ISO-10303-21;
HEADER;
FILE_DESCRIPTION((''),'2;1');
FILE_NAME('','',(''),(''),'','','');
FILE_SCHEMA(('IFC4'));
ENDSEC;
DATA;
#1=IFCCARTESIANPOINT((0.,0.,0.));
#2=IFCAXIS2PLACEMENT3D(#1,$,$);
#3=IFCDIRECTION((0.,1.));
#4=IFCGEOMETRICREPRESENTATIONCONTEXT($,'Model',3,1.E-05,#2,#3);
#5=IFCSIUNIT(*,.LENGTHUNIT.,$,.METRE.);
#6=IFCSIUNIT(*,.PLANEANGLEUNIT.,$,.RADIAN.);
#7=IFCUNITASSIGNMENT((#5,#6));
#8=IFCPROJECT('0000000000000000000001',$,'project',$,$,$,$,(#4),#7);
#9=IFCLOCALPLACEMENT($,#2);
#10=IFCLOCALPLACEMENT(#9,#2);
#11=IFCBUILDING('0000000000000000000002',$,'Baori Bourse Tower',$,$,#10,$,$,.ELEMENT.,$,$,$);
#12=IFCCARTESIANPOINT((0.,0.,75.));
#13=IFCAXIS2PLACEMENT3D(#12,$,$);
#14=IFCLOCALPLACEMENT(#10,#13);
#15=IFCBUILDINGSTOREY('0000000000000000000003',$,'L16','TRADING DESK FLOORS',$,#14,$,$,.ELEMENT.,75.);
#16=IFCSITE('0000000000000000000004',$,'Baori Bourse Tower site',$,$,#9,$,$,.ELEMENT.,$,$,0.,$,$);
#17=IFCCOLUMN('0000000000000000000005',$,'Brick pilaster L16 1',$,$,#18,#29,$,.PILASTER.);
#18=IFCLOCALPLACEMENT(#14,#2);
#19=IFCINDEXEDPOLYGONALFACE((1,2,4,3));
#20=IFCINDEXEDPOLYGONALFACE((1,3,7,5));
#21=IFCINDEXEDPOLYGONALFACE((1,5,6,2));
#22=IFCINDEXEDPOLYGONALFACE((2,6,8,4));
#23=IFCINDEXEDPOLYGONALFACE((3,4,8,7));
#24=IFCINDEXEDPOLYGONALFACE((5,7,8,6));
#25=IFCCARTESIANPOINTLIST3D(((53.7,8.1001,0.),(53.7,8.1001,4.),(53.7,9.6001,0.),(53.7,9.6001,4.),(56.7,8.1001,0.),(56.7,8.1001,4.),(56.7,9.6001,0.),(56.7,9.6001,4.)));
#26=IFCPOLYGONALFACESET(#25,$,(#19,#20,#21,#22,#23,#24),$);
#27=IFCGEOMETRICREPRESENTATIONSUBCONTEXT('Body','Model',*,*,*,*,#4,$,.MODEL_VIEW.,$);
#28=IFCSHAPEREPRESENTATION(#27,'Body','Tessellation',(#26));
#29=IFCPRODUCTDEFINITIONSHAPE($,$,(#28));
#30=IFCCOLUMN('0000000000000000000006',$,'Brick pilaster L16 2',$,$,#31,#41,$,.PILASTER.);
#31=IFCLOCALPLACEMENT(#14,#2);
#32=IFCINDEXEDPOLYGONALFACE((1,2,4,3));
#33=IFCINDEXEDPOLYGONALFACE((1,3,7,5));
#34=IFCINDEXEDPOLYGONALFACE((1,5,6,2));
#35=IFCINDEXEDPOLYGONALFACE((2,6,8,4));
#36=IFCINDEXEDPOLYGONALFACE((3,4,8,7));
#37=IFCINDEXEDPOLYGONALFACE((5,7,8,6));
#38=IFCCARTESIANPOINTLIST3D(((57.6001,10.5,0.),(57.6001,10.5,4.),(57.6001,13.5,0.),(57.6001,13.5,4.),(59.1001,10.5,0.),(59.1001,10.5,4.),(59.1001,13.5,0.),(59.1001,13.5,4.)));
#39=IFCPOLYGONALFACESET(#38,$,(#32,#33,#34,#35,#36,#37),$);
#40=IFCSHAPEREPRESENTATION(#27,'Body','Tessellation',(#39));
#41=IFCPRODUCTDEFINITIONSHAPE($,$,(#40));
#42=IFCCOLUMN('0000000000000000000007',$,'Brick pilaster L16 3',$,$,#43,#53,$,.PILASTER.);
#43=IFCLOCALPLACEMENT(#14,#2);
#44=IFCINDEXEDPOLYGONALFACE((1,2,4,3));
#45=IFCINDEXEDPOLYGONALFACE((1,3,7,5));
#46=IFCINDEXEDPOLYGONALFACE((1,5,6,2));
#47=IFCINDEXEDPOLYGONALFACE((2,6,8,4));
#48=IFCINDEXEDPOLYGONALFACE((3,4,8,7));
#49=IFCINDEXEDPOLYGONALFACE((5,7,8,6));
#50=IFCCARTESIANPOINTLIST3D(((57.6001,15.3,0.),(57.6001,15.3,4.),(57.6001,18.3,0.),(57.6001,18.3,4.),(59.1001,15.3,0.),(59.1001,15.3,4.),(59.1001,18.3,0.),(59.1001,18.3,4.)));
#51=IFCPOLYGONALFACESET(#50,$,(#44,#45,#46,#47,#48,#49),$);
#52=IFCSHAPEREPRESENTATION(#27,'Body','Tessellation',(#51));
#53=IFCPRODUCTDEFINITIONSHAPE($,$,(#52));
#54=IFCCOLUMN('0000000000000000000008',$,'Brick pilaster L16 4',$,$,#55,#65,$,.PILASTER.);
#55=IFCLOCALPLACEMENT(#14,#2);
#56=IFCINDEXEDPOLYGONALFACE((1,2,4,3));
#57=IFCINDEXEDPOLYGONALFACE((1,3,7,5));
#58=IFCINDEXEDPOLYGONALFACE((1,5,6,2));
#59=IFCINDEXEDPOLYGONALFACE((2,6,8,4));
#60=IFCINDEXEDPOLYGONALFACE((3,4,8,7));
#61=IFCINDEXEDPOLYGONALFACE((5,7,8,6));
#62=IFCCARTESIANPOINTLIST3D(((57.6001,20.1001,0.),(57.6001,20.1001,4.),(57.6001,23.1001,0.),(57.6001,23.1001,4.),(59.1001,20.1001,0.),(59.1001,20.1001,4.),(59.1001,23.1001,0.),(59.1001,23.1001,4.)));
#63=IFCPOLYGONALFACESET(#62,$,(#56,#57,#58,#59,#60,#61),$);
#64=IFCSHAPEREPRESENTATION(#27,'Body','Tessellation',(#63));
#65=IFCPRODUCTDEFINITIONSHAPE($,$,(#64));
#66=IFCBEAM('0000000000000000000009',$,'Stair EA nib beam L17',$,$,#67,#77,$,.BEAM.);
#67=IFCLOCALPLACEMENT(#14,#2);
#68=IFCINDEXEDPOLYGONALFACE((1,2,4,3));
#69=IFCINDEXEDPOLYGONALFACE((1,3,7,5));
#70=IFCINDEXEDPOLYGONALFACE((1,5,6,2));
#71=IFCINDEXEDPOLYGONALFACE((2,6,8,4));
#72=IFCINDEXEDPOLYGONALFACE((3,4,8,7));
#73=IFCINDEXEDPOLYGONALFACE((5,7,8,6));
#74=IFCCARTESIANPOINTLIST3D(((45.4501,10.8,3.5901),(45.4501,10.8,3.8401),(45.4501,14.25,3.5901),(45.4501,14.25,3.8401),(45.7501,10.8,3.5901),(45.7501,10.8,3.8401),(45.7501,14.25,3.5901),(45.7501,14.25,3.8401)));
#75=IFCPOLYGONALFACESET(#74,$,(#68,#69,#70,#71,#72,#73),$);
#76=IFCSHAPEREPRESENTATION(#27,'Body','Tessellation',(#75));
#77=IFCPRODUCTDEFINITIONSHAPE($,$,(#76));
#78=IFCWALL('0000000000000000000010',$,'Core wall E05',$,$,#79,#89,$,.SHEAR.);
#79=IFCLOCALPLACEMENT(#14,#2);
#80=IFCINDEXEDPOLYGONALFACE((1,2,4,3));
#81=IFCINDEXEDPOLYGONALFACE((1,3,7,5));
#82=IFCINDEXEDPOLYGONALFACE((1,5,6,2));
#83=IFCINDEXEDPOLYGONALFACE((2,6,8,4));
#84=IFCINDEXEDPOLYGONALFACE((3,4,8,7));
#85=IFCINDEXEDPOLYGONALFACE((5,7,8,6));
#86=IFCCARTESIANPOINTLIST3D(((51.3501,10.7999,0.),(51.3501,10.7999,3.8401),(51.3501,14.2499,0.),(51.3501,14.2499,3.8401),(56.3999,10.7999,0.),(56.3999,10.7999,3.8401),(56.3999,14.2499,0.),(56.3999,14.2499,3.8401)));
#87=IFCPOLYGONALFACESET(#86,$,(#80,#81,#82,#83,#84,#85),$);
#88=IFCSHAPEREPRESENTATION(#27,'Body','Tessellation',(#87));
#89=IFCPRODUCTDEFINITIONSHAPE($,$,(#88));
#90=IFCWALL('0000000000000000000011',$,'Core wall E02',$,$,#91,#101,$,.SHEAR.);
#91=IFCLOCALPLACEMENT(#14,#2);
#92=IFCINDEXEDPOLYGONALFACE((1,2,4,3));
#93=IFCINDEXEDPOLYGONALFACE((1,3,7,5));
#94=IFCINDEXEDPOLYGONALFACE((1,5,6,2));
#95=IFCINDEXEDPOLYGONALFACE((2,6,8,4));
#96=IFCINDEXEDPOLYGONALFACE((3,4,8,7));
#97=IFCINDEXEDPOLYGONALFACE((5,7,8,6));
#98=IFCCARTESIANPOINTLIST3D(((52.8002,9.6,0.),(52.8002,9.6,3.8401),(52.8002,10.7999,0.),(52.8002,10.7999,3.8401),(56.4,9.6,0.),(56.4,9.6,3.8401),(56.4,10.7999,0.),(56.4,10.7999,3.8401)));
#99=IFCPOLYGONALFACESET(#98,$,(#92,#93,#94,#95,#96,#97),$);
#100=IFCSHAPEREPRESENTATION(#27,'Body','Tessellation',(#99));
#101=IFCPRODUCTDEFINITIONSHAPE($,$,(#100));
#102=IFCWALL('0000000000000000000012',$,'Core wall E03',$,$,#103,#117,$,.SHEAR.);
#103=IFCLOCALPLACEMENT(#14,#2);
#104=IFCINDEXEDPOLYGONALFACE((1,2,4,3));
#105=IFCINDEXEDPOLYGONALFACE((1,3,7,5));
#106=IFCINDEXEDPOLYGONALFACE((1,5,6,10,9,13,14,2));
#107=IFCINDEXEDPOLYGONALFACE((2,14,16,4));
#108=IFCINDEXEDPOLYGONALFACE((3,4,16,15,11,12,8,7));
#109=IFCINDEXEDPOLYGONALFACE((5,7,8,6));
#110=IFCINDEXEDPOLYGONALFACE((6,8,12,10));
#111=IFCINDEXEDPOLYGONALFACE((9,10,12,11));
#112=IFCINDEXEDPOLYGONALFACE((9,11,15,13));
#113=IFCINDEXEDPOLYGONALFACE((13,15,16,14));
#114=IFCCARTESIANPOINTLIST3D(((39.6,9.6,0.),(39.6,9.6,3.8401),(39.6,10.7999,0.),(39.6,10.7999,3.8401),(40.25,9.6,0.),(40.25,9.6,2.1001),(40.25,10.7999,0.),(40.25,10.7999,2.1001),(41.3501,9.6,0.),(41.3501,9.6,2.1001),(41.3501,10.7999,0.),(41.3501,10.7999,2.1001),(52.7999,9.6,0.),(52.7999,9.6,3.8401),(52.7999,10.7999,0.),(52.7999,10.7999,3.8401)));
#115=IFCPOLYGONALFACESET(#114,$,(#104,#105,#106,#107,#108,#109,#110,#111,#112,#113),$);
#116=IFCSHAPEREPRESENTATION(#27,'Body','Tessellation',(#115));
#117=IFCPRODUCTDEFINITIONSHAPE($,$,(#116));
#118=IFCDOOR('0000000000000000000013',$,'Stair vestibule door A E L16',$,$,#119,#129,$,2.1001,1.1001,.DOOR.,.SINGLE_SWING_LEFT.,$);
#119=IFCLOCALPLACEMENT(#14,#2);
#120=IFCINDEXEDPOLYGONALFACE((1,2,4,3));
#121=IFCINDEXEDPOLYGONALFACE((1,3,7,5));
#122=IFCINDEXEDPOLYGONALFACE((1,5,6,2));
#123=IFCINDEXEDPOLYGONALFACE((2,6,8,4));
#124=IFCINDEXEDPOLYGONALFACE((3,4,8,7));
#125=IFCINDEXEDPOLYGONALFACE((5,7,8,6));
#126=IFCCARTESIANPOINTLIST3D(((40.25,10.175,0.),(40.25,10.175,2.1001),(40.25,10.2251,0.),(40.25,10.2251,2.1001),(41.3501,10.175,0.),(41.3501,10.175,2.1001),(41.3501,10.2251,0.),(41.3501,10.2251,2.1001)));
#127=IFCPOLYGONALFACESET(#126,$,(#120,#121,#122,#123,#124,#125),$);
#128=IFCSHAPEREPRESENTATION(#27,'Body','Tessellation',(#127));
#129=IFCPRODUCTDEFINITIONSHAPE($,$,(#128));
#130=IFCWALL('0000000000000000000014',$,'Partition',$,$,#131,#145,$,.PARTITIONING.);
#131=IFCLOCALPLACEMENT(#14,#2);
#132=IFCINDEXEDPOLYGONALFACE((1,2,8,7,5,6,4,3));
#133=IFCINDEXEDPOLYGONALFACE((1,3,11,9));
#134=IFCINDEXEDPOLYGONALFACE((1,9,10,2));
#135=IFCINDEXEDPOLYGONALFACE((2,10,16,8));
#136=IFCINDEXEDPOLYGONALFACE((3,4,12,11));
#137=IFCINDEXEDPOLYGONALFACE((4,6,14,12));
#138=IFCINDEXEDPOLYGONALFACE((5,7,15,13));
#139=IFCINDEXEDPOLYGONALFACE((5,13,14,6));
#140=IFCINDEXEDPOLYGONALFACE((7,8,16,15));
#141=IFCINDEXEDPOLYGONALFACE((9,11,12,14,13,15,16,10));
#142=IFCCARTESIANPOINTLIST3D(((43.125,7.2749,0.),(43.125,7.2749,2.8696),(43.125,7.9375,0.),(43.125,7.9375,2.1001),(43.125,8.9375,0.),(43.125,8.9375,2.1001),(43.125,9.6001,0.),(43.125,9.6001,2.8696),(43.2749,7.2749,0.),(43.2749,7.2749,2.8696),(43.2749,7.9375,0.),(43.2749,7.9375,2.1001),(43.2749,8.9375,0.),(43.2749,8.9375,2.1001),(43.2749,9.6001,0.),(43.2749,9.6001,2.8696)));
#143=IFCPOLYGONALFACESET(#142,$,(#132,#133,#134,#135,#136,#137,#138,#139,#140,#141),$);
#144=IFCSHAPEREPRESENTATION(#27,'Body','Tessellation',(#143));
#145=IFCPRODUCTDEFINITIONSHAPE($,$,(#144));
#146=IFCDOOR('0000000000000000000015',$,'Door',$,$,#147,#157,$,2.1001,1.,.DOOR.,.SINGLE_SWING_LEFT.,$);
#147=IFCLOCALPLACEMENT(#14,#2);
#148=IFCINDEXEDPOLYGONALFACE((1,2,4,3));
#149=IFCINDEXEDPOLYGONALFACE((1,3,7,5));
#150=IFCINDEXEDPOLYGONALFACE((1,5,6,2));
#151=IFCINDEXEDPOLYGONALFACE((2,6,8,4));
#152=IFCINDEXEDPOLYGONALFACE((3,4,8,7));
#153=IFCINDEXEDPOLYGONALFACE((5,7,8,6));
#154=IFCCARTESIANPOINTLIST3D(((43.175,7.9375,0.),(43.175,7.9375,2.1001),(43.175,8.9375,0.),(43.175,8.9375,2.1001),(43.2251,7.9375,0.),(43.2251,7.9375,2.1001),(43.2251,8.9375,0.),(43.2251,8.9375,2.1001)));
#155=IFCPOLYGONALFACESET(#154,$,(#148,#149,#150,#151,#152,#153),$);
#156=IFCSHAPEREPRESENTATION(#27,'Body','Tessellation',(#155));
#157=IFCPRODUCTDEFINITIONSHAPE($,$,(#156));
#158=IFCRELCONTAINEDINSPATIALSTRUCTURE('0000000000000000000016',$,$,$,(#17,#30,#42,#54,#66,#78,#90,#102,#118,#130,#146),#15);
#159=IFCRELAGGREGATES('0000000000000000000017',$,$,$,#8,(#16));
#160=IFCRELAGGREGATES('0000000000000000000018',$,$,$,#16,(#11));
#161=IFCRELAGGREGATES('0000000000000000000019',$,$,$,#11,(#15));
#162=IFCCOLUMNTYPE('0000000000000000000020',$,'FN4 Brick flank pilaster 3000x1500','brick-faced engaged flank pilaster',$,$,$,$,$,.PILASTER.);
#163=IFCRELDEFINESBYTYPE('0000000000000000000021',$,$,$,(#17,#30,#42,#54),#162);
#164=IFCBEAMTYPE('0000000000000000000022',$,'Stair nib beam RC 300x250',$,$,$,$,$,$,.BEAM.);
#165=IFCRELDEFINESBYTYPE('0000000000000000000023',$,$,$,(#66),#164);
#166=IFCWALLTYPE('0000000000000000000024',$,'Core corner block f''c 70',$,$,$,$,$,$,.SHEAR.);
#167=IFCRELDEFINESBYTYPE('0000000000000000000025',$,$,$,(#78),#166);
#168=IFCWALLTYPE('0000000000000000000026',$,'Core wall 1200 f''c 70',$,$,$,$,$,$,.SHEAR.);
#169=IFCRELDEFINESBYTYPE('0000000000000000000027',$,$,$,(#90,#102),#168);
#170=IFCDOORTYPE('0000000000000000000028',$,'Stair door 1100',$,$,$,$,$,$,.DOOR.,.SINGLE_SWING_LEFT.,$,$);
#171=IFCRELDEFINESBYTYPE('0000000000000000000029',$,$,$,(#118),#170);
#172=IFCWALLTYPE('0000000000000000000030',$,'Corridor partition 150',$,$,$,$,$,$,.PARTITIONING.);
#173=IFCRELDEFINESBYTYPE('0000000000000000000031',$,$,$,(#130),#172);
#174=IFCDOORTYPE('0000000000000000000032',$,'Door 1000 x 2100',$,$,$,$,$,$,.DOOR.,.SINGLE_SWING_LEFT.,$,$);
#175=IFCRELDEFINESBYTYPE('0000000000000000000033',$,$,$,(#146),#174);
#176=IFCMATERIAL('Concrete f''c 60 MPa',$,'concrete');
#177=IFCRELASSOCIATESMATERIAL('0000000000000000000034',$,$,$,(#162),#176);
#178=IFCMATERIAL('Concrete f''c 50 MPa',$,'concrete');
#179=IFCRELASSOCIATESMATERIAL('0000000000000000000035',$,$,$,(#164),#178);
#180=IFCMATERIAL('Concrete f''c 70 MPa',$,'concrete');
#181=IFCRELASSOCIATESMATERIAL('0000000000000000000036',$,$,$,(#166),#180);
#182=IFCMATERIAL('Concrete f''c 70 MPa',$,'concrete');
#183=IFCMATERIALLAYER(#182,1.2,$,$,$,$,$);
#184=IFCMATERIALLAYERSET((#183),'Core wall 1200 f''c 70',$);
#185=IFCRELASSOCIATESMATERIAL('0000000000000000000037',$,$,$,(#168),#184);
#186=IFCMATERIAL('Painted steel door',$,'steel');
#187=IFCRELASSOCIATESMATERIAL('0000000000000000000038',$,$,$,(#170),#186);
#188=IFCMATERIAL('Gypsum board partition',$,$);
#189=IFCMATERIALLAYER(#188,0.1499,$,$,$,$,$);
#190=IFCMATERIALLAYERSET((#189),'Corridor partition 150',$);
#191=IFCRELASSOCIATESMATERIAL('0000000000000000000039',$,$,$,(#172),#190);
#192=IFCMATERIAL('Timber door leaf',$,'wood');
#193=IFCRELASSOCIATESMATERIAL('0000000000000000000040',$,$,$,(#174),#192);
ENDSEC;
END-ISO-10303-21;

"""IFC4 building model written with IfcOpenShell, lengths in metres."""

from ifc_helpers import new_model, si_unit, direction, frame, frame_2d, origin, origin_2d, place, context, subcontext, project, spatial, rectangle, extrude, material, layer, layer_set, material_profile, profile_set, type_object, element, fill, save


model = new_model("IFC4")

# Units and contexts
model_context = context("Model", 3, precision=1e-05, world=origin(), true_north=direction((0.0, 1.0)))
body_context = subcontext(model_context, "Body", "Model", "MODEL_VIEW")
ifc_project = project(units=[si_unit("LENGTHUNIT", "METRE"), si_unit("PLANEANGLEUNIT", "RADIAN")], contexts=[model_context])

# Site, building, storey
site_placement = place(None, origin())
site = spatial("IfcSite", under=ifc_project, at=site_placement, Name="Baori Bourse Tower site", CompositionType="ELEMENT", RefElevation=0.0)
building_placement = place(site_placement, origin())
building = spatial("IfcBuilding", under=site, at=building_placement, Name="Baori Bourse Tower", CompositionType="ELEMENT")
storey_placement = place(building_placement, frame((0.0, 0.0, 75.0)))
storey = spatial("IfcBuildingStorey", under=building, at=storey_placement, Name="L16", Description="TRADING DESK FLOORS", CompositionType="ELEMENT", Elevation=75.0)

# Columns
ifc_material_1 = material(Name="Concrete f'c 60 MPa", Category="concrete")
ifc_material_profile_1 = material_profile(ifc_material_1, rectangle(XDim=3.0, YDim=1.5, at=origin_2d()), Name="RC 3000x1500")
ifc_profile_set_1 = profile_set([ifc_material_profile_1], Name="Concrete f'c 60 MPa")
column_type = type_object("IfcColumnType", Name="FN4 Brick flank pilaster 3000x1500", Description="brick-faced engaged flank pilaster", PredefinedType="PILASTER", material=ifc_profile_set_1)
for number, where, z_axis, x_axis, name in (
    (1, (55.2, 8.8501, 0.0), (0.0, 0.0, 1.0), (1.0, 0.0, 0.0), "Brick pilaster L16 1"),
    (2, (58.3501, 12.0, 0.0), (0.0, 0.0, 1.0), (0.0, 1.0, 0.0), "Brick pilaster L16 2"),
    (3, (58.3501, 16.8, 0.0), (0.0, 0.0, 1.0), (0.0, 1.0, 0.0), "Brick pilaster L16 3"),
    (4, (58.3501, 21.6001, 0.0), (0.0, 0.0, 1.0), (0.0, 1.0, 0.0), "Brick pilaster L16 4"),
):
    element("IfcColumn", number, at=place(storey_placement, frame(where, z_axis=z_axis, x_axis=x_axis)), inside=storey, type_object=column_type, Name=name, PredefinedType="PILASTER", context=body_context, shape_type="SweptSolid", body=[
        extrude(rectangle(XDim=3.0, YDim=1.5, at=origin_2d()), origin(), (0.0, 0.0, 1.0), 4.0),
    ])

# Beam
ifc_material_2 = material(Name="Concrete f'c 50 MPa", Category="concrete")
ifc_material_profile_2 = material_profile(ifc_material_2, rectangle(XDim=0.3, YDim=0.25, at=origin_2d()), Name="RC 300x250")
ifc_profile_set_2 = profile_set([ifc_material_profile_2], Name="Concrete f'c 50 MPa")
beam_type = type_object("IfcBeamType", Name="Stair nib beam RC 300x250", PredefinedType="BEAM", material=ifc_profile_set_2)
beam_placement = place(storey_placement, frame((45.6001, 10.8, 3.7151), z_axis=(0.0, 1.0, 0.0), x_axis=(-1.0, 0.0, 0.0)))
element("IfcBeam", 5, at=beam_placement, inside=storey, type_object=beam_type, Name="Stair EA nib beam L17", PredefinedType="BEAM", context=body_context, shape_type="SweptSolid", body=[
    extrude(rectangle(XDim=0.3, YDim=0.25, at=origin_2d()), origin(), (0.0, 0.0, 1.0), 3.45),
])

# Walls
ifc_material_3 = material(Name="Concrete f'c 70 MPa", Category="concrete")
wall_type_1 = type_object("IfcWallType", Name="Core corner block f'c 70", PredefinedType="SHEAR", material=ifc_material_3)
wall_1_placement = place(storey_placement, frame((51.3501, 12.5249, 0.0), z_axis=(0.0, 0.0, 1.0), x_axis=(1.0, 0.0, 0.0)))
element("IfcWall", 6, at=wall_1_placement, inside=storey, type_object=wall_type_1, Name="Core wall E05", PredefinedType="SHEAR", context=body_context, shape_type="SweptSolid", body=[
    extrude(rectangle(XDim=5.0498, YDim=3.45, at=frame_2d((2.5249, 0.0))), origin(), (0.0, 0.0, 1.0), 3.8401),
])
ifc_material_4 = material(Name="Concrete f'c 70 MPa", Category="concrete")
ifc_layer_1 = layer(ifc_material_4, 1.2)
ifc_layer_set_1 = layer_set([ifc_layer_1], Name="Core wall 1200 f'c 70")
wall_type_2 = type_object("IfcWallType", Name="Core wall 1200 f'c 70", PredefinedType="SHEAR", material=ifc_layer_set_1)
wall_2_placement = place(storey_placement, frame((56.3999, 10.2, 0.0), z_axis=(0.0, 0.0, 1.0), x_axis=(-1.0, 0.0, 0.0)))
element("IfcWall", 7, at=wall_2_placement, inside=storey, type_object=wall_type_2, Name="Core wall E02", PredefinedType="SHEAR", context=body_context, shape_type="SweptSolid", body=[
    extrude(rectangle(XDim=3.5999, YDim=1.2, at=frame_2d((1.7998, 0.0))), origin(), (0.0, 0.0, 1.0), 3.8401),
])

# Walls, openings, doors
wall_3_placement = place(storey_placement, frame((52.8, 10.2, 0.0), z_axis=(0.0, 0.0, 1.0), x_axis=(-1.0, 0.0, 0.0)))
wall_3 = element("IfcWall", 8, at=wall_3_placement, inside=storey, type_object=wall_type_2, Name="Core wall E03", PredefinedType="SHEAR", context=body_context, shape_type="SweptSolid", body=[
    extrude(rectangle(XDim=13.2, YDim=1.2, at=frame_2d((6.6001, 0.0))), origin(), (0.0, 0.0, 1.0), 3.8401),
])
opening_1_placement = place(wall_3_placement, frame((11.45, 0.0, 0.0)))
opening_1 = element("IfcOpeningElement", 9, at=opening_1_placement, cuts=wall_3, PredefinedType="OPENING", context=body_context, shape_type="SweptSolid", body=[
    extrude(rectangle(XDim=1.1001, YDim=2.1001, at=frame_2d((0.55, 1.05))), frame((0.0, 0.6099, 0.0), z_axis=(0.0, -1.0, 0.0), x_axis=(1.0, 0.0, 0.0)), (0.0, 0.0, 1.0), 1.22),
])
ifc_material_5 = material(Name="Painted steel door", Category="steel")
door_type_1 = type_object("IfcDoorType", Name="Stair door 1100", OperationType="SINGLE_SWING_LEFT", PredefinedType="DOOR", material=ifc_material_5)
door_1_placement = place(opening_1_placement, origin())
door_1 = element("IfcDoor", 10, at=door_1_placement, inside=storey, type_object=door_type_1, Name="Stair vestibule door A E L16", OperationType="SINGLE_SWING_LEFT", OverallHeight=2.1001, OverallWidth=1.1001, PredefinedType="DOOR", context=body_context, shape_type="SweptSolid", body=[
    extrude(rectangle(XDim=1.1001, YDim=2.1001, at=frame_2d((0.55, 1.05))), frame((0.0, 0.0249, 0.0), z_axis=(0.0, -1.0, 0.0), x_axis=(1.0, 0.0, 0.0)), (0.0, 0.0, 1.0), 0.05),
])
fill(opening_1, door_1)
ifc_material_6 = material(Name="Gypsum board partition")
ifc_layer_2 = layer(ifc_material_6, 0.1499)
ifc_layer_set_2 = layer_set([ifc_layer_2], Name="Corridor partition 150")
wall_type_3 = type_object("IfcWallType", Name="Corridor partition 150", PredefinedType="PARTITIONING", material=ifc_layer_set_2)
wall_4_placement = place(storey_placement, frame((43.2, 7.2749, 0.0), z_axis=(0.0, 0.0, 1.0), x_axis=(0.0, 1.0, 0.0)))
wall_4 = element("IfcWall", 11, at=wall_4_placement, inside=storey, type_object=wall_type_3, Name="Partition", PredefinedType="PARTITIONING", context=body_context, shape_type="SweptSolid", body=[
    extrude(rectangle(XDim=2.3252, YDim=0.1499, at=frame_2d((1.1626, 0.0))), origin(), (0.0, 0.0, 1.0), 2.8696),
])
opening_2_placement = place(wall_4_placement, frame((0.6626, 0.0, 0.0)))
opening_2 = element("IfcOpeningElement", 12, at=opening_2_placement, cuts=wall_4, PredefinedType="OPENING", context=body_context, shape_type="SweptSolid", body=[
    extrude(rectangle(XDim=1.0, YDim=2.1001, at=frame_2d((0.5, 1.05))), frame((0.0, 0.085, 0.0), z_axis=(0.0, -1.0, 0.0), x_axis=(1.0, 0.0, 0.0)), (0.0, 0.0, 1.0), 0.1699),
])
ifc_material_7 = material(Name="Timber door leaf", Category="wood")
door_type_2 = type_object("IfcDoorType", Name="Door 1000 x 2100", OperationType="SINGLE_SWING_LEFT", PredefinedType="DOOR", material=ifc_material_7)
door_2_placement = place(opening_2_placement, origin())
door_2 = element("IfcDoor", 13, at=door_2_placement, inside=storey, type_object=door_type_2, Name="Door", OperationType="SINGLE_SWING_LEFT", OverallHeight=2.1001, OverallWidth=1.0, PredefinedType="DOOR", context=body_context, shape_type="SweptSolid", body=[
    extrude(rectangle(XDim=1.0, YDim=2.1001, at=frame_2d((0.5, 1.05))), frame((0.0, 0.0249, 0.0), z_axis=(0.0, -1.0, 0.0), x_axis=(1.0, 0.0, 0.0)), (0.0, 0.0, 1.0), 0.05),
])
fill(opening_2, door_2)

save(model, "model.ifc")
